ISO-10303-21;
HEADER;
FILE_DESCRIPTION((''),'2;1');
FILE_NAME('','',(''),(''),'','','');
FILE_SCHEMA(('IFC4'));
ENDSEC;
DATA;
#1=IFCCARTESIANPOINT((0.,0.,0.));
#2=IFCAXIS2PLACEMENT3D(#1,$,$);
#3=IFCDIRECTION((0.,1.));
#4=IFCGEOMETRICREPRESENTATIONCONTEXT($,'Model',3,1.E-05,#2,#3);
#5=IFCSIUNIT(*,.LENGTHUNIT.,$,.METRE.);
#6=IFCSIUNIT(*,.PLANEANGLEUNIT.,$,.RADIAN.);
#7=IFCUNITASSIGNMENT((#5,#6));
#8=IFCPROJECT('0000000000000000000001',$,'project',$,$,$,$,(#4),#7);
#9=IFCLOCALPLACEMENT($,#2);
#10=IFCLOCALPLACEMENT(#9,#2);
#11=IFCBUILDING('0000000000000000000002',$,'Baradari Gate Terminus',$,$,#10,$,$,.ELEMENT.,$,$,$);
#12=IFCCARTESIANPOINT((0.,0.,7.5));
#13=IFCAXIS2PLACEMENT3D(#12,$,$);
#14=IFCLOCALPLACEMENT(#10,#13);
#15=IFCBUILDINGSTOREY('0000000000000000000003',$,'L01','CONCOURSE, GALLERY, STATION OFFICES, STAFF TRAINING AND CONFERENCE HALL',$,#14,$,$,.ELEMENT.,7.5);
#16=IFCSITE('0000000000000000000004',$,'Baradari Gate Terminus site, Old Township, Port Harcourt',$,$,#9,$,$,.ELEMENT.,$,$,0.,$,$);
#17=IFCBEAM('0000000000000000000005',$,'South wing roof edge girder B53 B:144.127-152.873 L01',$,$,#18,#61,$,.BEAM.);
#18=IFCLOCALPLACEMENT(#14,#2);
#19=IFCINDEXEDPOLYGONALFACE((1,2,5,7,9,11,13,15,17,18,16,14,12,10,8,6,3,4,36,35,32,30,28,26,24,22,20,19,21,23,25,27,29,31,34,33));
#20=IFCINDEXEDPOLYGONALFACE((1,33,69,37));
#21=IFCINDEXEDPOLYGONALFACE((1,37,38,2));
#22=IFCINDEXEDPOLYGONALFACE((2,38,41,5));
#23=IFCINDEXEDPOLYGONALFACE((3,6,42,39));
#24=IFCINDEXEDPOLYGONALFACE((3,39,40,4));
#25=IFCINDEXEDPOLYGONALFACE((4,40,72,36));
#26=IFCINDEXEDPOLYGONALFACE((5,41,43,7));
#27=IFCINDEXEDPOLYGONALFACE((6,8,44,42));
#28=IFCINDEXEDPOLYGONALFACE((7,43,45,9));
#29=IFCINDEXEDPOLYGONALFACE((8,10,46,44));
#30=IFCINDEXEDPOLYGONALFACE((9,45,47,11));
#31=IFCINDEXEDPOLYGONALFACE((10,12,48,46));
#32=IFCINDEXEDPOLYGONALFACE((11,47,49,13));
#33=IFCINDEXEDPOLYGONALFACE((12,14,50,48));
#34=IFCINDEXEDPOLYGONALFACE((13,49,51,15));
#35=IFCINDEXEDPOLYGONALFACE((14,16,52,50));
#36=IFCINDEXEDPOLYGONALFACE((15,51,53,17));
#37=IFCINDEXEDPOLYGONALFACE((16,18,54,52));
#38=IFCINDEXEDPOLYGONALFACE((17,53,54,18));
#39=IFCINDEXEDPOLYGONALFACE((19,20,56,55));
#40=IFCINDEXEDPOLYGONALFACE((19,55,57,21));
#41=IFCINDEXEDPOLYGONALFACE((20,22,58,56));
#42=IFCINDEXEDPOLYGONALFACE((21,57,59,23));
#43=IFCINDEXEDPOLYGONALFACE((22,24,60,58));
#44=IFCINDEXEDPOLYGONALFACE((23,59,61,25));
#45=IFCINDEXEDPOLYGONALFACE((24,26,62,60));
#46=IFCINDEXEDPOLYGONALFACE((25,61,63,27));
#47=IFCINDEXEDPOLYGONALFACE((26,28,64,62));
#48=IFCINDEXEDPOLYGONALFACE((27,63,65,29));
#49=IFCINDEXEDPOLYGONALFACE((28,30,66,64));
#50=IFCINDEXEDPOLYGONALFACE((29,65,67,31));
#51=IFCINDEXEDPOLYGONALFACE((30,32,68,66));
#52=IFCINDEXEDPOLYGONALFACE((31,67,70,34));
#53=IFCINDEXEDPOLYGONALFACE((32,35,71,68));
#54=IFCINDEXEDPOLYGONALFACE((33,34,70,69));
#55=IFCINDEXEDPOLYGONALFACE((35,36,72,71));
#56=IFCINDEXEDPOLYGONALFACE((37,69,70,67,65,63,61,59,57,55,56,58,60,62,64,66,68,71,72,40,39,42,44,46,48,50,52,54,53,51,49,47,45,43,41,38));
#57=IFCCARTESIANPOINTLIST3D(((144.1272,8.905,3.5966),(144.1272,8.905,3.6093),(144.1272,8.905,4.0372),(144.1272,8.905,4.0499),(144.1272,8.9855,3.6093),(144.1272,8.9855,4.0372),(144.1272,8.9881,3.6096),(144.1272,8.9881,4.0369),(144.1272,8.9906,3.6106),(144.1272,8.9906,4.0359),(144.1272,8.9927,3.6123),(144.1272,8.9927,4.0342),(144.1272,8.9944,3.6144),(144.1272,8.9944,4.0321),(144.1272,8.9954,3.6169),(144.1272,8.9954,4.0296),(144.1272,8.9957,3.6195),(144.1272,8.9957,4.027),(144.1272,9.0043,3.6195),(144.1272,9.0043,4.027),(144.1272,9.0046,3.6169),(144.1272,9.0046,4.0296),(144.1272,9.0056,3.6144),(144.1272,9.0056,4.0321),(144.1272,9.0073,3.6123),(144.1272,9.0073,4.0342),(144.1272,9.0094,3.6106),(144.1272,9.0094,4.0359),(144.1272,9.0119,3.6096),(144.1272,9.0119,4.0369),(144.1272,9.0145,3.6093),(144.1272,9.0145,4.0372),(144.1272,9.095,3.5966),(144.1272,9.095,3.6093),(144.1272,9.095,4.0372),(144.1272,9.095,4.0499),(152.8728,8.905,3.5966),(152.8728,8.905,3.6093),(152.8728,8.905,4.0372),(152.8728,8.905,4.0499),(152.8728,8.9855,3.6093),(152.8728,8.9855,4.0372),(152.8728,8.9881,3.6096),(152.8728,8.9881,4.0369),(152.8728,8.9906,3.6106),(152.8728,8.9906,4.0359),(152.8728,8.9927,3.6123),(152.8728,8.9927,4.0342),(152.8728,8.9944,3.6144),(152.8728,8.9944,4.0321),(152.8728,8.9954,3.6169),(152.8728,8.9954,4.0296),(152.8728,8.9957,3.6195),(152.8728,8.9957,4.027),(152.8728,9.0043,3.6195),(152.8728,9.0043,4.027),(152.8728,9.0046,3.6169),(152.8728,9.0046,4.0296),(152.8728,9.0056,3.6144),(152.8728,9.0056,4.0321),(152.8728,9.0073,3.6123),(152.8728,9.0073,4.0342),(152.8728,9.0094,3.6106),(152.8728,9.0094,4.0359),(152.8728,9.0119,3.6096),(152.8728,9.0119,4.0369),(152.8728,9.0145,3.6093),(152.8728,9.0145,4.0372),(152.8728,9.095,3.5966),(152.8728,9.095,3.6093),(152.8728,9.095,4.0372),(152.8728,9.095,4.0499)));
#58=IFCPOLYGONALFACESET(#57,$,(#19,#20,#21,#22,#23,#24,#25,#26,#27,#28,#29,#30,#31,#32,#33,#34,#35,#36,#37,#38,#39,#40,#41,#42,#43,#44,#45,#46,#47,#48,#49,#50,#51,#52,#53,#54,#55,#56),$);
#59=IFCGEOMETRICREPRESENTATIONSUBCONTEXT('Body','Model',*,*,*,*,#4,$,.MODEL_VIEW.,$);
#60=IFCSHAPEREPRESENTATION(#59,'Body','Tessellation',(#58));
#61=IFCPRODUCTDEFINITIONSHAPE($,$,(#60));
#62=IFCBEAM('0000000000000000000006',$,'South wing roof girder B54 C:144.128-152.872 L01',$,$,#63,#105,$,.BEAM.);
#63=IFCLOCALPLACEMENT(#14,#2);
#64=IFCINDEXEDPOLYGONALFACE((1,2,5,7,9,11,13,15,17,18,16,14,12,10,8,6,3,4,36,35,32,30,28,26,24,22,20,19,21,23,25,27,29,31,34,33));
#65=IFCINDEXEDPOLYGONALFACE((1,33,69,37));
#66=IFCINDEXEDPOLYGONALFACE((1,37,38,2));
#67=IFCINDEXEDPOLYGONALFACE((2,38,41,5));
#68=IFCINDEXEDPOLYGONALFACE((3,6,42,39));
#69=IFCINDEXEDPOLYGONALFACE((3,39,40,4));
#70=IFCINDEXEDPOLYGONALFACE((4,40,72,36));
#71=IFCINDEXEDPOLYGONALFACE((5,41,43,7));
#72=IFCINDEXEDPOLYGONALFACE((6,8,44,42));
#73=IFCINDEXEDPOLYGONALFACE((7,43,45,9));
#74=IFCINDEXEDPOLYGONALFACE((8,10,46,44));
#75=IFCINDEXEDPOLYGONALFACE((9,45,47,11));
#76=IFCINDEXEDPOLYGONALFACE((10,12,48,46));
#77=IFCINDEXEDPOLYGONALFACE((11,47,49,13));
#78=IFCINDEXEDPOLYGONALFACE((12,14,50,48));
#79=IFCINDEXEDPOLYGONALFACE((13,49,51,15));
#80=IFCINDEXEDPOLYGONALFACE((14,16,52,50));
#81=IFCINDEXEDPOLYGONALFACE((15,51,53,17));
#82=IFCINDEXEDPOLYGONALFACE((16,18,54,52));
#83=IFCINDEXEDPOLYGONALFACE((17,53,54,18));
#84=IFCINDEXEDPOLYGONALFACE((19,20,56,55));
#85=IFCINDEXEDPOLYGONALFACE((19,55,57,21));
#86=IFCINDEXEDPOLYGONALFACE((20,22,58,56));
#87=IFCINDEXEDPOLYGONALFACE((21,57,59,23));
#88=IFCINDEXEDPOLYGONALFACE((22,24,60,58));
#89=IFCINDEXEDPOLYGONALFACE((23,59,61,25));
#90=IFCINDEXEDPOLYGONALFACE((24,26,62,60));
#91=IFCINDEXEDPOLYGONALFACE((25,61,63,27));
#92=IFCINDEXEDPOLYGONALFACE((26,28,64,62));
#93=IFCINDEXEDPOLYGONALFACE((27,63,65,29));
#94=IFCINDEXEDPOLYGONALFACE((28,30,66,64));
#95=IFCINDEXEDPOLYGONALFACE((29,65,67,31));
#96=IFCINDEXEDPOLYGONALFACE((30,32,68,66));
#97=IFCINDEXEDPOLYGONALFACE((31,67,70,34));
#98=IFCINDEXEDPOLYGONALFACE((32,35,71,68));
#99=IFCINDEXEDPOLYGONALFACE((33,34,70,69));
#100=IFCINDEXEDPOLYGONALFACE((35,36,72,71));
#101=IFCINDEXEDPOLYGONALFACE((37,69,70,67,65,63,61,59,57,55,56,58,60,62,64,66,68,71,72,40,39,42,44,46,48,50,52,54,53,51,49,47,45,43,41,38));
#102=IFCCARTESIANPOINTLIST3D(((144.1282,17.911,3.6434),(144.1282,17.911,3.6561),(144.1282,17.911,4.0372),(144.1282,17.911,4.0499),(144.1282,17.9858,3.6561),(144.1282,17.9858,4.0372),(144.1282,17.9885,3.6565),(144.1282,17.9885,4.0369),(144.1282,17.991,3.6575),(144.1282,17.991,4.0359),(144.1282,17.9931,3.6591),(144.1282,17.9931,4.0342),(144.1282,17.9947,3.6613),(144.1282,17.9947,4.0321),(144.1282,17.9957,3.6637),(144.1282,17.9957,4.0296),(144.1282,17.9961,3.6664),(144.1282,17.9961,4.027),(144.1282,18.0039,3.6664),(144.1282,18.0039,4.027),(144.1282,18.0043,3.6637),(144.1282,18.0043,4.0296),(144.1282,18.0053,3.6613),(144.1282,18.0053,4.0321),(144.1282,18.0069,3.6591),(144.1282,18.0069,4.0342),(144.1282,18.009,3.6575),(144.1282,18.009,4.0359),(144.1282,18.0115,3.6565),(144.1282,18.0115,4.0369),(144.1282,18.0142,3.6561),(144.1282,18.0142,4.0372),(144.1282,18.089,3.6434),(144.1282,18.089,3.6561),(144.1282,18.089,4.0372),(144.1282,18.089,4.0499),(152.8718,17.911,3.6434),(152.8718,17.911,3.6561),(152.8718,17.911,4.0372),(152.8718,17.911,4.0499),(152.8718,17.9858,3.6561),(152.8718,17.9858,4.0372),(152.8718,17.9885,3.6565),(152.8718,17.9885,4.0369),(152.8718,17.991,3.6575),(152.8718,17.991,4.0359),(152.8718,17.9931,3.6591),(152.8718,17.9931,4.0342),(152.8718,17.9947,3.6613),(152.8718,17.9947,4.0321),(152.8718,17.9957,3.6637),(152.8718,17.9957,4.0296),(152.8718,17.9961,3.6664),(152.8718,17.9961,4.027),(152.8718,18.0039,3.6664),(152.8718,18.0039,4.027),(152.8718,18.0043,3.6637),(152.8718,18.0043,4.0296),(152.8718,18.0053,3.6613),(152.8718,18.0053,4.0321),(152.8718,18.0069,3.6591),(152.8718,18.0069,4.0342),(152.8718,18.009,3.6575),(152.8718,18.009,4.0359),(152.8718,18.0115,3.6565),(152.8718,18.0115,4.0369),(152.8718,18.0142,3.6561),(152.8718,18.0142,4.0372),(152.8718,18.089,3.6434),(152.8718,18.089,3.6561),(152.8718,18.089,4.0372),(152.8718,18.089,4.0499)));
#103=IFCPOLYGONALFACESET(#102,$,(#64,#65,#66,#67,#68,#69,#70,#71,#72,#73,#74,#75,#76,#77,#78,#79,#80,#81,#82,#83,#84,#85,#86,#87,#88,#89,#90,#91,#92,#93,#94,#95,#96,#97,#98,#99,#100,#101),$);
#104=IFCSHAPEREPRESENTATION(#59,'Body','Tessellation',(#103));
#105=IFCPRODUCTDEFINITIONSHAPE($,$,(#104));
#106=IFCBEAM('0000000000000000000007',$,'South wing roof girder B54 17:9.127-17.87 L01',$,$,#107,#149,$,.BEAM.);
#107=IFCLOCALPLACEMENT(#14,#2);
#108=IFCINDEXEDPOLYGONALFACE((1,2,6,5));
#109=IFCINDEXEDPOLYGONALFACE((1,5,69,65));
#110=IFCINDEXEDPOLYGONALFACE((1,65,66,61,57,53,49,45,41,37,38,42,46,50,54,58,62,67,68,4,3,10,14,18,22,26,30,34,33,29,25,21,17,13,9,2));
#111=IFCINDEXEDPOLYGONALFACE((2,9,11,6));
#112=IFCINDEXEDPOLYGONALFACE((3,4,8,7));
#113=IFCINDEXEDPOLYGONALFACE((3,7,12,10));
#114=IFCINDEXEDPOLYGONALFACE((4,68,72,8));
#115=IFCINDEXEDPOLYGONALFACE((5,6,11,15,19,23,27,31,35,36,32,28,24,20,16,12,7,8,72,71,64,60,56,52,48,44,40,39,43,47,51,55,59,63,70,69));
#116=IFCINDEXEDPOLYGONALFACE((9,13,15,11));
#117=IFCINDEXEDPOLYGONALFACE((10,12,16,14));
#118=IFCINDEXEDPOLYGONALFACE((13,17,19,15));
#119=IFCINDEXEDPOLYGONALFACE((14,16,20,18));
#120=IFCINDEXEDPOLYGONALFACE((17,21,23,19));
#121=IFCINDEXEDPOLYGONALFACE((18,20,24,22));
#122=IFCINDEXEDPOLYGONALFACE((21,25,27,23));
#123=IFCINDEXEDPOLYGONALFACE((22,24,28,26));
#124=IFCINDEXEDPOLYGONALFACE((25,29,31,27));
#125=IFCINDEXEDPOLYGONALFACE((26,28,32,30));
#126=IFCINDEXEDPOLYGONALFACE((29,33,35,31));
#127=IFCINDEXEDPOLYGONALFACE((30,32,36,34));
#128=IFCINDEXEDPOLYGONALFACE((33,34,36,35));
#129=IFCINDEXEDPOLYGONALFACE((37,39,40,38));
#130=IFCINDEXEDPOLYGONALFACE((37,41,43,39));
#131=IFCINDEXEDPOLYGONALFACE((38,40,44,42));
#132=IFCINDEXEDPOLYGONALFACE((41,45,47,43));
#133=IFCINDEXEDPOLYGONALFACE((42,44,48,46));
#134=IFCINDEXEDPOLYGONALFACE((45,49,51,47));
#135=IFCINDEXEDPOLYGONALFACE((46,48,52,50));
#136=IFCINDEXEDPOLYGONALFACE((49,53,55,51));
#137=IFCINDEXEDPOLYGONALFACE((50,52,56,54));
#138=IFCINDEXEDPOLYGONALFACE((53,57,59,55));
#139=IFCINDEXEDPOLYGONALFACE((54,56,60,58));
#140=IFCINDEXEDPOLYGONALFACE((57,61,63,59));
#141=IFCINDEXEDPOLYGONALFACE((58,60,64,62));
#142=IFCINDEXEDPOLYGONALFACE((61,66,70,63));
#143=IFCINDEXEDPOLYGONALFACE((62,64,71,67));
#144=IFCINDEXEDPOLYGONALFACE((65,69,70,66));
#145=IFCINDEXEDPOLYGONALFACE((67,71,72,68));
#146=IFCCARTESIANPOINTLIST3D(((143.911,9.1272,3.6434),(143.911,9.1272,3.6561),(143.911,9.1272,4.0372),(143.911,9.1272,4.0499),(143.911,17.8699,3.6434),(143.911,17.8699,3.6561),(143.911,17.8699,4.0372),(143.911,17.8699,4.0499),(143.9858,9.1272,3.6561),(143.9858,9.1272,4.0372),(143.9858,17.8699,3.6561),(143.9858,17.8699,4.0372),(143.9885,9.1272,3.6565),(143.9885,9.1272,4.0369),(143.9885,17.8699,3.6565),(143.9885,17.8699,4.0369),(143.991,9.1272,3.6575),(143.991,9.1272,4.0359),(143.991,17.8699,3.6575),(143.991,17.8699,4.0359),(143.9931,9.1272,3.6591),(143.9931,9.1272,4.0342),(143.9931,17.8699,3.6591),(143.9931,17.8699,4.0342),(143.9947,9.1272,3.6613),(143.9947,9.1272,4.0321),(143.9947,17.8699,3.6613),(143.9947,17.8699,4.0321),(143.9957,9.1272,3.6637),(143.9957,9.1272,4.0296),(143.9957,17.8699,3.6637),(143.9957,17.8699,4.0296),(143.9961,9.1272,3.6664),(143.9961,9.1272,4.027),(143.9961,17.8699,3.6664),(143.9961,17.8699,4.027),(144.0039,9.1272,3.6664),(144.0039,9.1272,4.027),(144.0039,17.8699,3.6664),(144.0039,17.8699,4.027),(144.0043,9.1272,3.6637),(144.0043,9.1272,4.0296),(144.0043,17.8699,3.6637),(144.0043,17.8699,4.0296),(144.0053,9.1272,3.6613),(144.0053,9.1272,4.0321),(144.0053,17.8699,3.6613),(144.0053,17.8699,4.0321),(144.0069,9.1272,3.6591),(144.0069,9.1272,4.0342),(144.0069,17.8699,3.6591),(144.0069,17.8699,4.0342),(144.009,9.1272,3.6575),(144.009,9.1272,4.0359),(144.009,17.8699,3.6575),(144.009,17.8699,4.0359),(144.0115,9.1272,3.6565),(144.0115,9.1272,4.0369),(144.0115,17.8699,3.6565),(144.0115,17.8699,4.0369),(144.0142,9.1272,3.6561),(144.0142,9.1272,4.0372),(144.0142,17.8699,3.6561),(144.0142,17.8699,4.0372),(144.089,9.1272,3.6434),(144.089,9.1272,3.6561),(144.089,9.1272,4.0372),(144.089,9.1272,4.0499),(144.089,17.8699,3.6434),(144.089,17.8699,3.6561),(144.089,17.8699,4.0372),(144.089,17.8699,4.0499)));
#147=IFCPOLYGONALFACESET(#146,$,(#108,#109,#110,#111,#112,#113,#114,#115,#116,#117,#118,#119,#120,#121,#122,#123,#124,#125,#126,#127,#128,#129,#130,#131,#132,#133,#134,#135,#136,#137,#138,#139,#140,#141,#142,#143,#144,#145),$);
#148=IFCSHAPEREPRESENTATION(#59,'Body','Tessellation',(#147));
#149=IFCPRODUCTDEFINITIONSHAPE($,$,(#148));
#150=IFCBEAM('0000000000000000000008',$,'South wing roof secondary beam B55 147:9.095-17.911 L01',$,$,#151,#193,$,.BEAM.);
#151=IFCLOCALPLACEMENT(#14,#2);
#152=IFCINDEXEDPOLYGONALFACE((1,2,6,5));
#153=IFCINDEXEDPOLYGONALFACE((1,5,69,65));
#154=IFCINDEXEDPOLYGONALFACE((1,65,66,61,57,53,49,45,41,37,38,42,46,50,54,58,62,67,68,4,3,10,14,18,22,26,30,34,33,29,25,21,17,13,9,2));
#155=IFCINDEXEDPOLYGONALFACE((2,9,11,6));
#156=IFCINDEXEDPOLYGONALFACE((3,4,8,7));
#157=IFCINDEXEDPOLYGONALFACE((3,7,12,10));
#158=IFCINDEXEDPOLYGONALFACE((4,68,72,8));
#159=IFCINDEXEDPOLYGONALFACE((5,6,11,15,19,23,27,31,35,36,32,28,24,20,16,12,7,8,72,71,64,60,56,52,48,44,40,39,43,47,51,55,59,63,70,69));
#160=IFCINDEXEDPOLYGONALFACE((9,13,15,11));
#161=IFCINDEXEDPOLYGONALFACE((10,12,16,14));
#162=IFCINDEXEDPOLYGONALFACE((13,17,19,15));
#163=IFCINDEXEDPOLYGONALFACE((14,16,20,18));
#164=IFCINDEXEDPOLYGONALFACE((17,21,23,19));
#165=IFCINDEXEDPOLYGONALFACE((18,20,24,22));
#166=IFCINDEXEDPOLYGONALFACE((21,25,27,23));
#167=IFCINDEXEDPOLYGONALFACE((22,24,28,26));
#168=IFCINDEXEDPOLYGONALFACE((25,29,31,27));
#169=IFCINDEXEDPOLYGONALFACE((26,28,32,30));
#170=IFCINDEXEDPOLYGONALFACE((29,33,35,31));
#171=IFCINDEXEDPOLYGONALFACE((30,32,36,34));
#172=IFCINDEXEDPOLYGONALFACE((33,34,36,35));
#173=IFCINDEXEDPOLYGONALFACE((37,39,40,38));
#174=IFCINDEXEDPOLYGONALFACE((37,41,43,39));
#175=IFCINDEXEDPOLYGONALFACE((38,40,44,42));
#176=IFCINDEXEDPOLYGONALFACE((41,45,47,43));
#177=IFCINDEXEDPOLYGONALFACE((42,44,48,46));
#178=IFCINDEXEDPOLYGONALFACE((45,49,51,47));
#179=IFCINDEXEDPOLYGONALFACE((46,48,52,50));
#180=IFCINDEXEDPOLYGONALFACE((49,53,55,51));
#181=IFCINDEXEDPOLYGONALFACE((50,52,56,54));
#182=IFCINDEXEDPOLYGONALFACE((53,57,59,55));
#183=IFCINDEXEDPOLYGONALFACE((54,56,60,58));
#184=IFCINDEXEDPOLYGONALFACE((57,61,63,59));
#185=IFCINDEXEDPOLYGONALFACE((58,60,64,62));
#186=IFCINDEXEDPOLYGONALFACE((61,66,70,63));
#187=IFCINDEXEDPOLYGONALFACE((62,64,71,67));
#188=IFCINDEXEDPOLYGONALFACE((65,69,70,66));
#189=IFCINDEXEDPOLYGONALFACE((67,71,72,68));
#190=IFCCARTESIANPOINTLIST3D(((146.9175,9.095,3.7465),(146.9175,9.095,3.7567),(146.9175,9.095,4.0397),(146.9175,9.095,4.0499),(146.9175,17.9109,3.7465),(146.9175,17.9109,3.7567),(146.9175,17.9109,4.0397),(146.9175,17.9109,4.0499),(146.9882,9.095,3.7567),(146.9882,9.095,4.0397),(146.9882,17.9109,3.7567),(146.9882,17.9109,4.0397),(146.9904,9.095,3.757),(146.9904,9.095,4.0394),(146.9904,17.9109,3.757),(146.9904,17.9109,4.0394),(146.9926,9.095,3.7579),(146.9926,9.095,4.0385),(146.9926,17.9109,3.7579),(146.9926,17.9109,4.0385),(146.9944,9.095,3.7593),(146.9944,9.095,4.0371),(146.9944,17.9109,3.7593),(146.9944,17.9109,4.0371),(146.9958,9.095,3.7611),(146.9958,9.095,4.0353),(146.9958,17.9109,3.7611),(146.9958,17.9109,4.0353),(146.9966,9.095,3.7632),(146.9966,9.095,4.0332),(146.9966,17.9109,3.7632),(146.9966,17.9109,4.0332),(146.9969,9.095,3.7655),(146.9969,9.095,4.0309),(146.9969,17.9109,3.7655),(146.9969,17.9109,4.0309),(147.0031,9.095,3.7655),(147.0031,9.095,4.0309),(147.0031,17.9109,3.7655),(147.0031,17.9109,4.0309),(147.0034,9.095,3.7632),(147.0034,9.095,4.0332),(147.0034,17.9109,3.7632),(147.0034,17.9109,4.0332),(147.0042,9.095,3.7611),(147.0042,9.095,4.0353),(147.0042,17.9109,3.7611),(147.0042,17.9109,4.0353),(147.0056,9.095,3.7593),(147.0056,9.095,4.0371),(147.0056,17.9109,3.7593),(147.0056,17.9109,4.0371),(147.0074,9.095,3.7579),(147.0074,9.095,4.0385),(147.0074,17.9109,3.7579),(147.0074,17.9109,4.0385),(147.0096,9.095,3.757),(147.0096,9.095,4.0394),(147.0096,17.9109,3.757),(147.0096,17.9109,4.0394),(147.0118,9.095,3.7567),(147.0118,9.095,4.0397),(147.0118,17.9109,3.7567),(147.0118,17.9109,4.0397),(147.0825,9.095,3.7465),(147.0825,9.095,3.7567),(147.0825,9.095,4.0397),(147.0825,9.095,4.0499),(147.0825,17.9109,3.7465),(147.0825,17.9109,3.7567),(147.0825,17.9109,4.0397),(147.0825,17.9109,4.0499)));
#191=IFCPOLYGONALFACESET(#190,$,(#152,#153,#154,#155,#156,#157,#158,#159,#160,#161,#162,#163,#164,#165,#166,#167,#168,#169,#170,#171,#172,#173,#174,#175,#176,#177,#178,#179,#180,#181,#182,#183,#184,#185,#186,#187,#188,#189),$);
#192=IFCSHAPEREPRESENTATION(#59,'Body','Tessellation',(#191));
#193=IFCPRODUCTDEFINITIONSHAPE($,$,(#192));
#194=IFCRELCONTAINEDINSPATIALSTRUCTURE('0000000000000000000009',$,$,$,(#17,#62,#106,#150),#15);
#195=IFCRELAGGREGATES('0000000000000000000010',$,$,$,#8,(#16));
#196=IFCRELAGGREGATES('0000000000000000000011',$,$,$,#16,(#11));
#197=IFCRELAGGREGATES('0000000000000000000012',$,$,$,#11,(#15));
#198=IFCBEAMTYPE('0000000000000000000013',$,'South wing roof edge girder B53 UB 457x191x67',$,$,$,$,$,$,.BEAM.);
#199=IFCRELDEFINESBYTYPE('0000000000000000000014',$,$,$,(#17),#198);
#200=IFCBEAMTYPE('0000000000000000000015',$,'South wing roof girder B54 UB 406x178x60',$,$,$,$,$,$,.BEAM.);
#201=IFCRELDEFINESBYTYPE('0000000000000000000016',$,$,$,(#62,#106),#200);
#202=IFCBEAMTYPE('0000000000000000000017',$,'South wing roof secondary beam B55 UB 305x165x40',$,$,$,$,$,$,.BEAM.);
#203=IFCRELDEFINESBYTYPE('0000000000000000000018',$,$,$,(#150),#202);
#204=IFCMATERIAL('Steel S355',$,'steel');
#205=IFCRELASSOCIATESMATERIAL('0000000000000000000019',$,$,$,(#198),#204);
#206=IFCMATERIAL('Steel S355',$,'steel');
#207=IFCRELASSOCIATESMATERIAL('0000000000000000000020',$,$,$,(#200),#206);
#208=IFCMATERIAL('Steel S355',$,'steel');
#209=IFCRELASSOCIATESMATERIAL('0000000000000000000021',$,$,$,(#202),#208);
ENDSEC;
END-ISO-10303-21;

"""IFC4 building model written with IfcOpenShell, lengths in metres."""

from ifc_helpers import new_model, si_unit, direction, frame, origin, origin_2d, place, context, subcontext, project, spatial, i_section, extrude, material, material_profile, profile_set, type_object, element, save


model = new_model("IFC4")

# Units and contexts
model_context = context("Model", 3, precision=1e-05, world=origin(), true_north=direction((0.0, 1.0)))
body_context = subcontext(model_context, "Body", "Model", "MODEL_VIEW")
ifc_project = project(units=[si_unit("LENGTHUNIT", "METRE"), si_unit("PLANEANGLEUNIT", "RADIAN")], contexts=[model_context])

# Site, building, storey
site_placement = place(None, origin())
site = spatial("IfcSite", under=ifc_project, at=site_placement, Name="Baradari Gate Terminus site, Old Township, Port Harcourt", CompositionType="ELEMENT", RefElevation=0.0)
building_placement = place(site_placement, origin())
building = spatial("IfcBuilding", under=site, at=building_placement, Name="Baradari Gate Terminus", CompositionType="ELEMENT")
storey_placement = place(building_placement, frame((0.0, 0.0, 7.5)))
storey = spatial("IfcBuildingStorey", under=building, at=storey_placement, Name="L01", Description="CONCOURSE, GALLERY, STATION OFFICES, STAFF TRAINING AND CONFERENCE HALL", CompositionType="ELEMENT", Elevation=7.5)

# Beams
ifc_material_1 = material(Name="Steel S355", Category="steel")
ifc_material_profile_1 = material_profile(ifc_material_1, i_section(OverallWidth=0.1899, OverallDepth=0.4534, WebThickness=0.0085, FlangeThickness=0.0127, FilletRadius=0.0103, at=origin_2d()), Name="UB 457x191x67")
ifc_profile_set_1 = profile_set([ifc_material_profile_1], Name="Steel S355")
beam_type_1 = type_object("IfcBeamType", Name="South wing roof edge girder B53 UB 457x191x67", PredefinedType="BEAM", material=ifc_profile_set_1)
beam_1_placement = place(storey_placement, frame((144.1272, 9.0, 3.8232), z_axis=(1.0, 0.0, 0.0), x_axis=(0.0, 1.0, 0.0)))
element("IfcBeam", 1, at=beam_1_placement, inside=storey, type_object=beam_type_1, Name="South wing roof edge girder B53 B:144.127-152.873 L01", PredefinedType="BEAM", context=body_context, shape_type="SweptSolid", body=[
    extrude(i_section(OverallWidth=0.1899, OverallDepth=0.4534, WebThickness=0.0085, FlangeThickness=0.0127, FilletRadius=0.0103, at=origin_2d()), origin(), (0.0, 0.0, 1.0), 8.7456),
])
ifc_material_2 = material(Name="Steel S355", Category="steel")
ifc_material_profile_2 = material_profile(ifc_material_2, i_section(OverallWidth=0.178, OverallDepth=0.4065, WebThickness=0.0078, FlangeThickness=0.0127, FilletRadius=0.0103, at=origin_2d()), Name="UB 406x178x60")
ifc_profile_set_2 = profile_set([ifc_material_profile_2], Name="Steel S355")
beam_type_2 = type_object("IfcBeamType", Name="South wing roof girder B54 UB 406x178x60", PredefinedType="BEAM", material=ifc_profile_set_2)
beam_2_placement = place(storey_placement, frame((144.1282, 18.0, 3.8467), z_axis=(1.0, 0.0, 0.0), x_axis=(0.0, 1.0, 0.0)))
element("IfcBeam", 2, at=beam_2_placement, inside=storey, type_object=beam_type_2, Name="South wing roof girder B54 C:144.128-152.872 L01", PredefinedType="BEAM", context=body_context, shape_type="SweptSolid", body=[
    extrude(i_section(OverallWidth=0.178, OverallDepth=0.4065, WebThickness=0.0078, FlangeThickness=0.0127, FilletRadius=0.0103, at=origin_2d()), origin(), (0.0, 0.0, 1.0), 8.7437),
])
beam_3_placement = place(storey_placement, frame((144.0, 9.1272, 3.8467), z_axis=(0.0, 1.0, 0.0), x_axis=(-1.0, 0.0, 0.0)))
element("IfcBeam", 3, at=beam_3_placement, inside=storey, type_object=beam_type_2, Name="South wing roof girder B54 17:9.127-17.87 L01", PredefinedType="BEAM", context=body_context, shape_type="SweptSolid", body=[
    extrude(i_section(OverallWidth=0.178, OverallDepth=0.4065, WebThickness=0.0078, FlangeThickness=0.0127, FilletRadius=0.0103, at=origin_2d()), origin(), (0.0, 0.0, 1.0), 8.7427),
])
ifc_material_3 = material(Name="Steel S355", Category="steel")
ifc_material_profile_3 = material_profile(ifc_material_3, i_section(OverallWidth=0.165, OverallDepth=0.3035, WebThickness=0.0061, FlangeThickness=0.0103, FilletRadius=0.0088, at=origin_2d()), Name="UB 305x165x40")
ifc_profile_set_3 = profile_set([ifc_material_profile_3], Name="Steel S355")
beam_type_3 = type_object("IfcBeamType", Name="South wing roof secondary beam B55 UB 305x165x40", PredefinedType="BEAM", material=ifc_profile_set_3)
beam_4_placement = place(storey_placement, frame((147.0, 9.095, 3.8982), z_axis=(0.0, 1.0, 0.0), x_axis=(-1.0, 0.0, 0.0)))
element("IfcBeam", 4, at=beam_4_placement, inside=storey, type_object=beam_type_3, Name="South wing roof secondary beam B55 147:9.095-17.911 L01", PredefinedType="BEAM", context=body_context, shape_type="SweptSolid", body=[
    extrude(i_section(OverallWidth=0.165, OverallDepth=0.3035, WebThickness=0.0061, FlangeThickness=0.0103, FilletRadius=0.0088, at=origin_2d()), origin(), (0.0, 0.0, 1.0), 8.8159),
])

save(model, "model.ifc")
